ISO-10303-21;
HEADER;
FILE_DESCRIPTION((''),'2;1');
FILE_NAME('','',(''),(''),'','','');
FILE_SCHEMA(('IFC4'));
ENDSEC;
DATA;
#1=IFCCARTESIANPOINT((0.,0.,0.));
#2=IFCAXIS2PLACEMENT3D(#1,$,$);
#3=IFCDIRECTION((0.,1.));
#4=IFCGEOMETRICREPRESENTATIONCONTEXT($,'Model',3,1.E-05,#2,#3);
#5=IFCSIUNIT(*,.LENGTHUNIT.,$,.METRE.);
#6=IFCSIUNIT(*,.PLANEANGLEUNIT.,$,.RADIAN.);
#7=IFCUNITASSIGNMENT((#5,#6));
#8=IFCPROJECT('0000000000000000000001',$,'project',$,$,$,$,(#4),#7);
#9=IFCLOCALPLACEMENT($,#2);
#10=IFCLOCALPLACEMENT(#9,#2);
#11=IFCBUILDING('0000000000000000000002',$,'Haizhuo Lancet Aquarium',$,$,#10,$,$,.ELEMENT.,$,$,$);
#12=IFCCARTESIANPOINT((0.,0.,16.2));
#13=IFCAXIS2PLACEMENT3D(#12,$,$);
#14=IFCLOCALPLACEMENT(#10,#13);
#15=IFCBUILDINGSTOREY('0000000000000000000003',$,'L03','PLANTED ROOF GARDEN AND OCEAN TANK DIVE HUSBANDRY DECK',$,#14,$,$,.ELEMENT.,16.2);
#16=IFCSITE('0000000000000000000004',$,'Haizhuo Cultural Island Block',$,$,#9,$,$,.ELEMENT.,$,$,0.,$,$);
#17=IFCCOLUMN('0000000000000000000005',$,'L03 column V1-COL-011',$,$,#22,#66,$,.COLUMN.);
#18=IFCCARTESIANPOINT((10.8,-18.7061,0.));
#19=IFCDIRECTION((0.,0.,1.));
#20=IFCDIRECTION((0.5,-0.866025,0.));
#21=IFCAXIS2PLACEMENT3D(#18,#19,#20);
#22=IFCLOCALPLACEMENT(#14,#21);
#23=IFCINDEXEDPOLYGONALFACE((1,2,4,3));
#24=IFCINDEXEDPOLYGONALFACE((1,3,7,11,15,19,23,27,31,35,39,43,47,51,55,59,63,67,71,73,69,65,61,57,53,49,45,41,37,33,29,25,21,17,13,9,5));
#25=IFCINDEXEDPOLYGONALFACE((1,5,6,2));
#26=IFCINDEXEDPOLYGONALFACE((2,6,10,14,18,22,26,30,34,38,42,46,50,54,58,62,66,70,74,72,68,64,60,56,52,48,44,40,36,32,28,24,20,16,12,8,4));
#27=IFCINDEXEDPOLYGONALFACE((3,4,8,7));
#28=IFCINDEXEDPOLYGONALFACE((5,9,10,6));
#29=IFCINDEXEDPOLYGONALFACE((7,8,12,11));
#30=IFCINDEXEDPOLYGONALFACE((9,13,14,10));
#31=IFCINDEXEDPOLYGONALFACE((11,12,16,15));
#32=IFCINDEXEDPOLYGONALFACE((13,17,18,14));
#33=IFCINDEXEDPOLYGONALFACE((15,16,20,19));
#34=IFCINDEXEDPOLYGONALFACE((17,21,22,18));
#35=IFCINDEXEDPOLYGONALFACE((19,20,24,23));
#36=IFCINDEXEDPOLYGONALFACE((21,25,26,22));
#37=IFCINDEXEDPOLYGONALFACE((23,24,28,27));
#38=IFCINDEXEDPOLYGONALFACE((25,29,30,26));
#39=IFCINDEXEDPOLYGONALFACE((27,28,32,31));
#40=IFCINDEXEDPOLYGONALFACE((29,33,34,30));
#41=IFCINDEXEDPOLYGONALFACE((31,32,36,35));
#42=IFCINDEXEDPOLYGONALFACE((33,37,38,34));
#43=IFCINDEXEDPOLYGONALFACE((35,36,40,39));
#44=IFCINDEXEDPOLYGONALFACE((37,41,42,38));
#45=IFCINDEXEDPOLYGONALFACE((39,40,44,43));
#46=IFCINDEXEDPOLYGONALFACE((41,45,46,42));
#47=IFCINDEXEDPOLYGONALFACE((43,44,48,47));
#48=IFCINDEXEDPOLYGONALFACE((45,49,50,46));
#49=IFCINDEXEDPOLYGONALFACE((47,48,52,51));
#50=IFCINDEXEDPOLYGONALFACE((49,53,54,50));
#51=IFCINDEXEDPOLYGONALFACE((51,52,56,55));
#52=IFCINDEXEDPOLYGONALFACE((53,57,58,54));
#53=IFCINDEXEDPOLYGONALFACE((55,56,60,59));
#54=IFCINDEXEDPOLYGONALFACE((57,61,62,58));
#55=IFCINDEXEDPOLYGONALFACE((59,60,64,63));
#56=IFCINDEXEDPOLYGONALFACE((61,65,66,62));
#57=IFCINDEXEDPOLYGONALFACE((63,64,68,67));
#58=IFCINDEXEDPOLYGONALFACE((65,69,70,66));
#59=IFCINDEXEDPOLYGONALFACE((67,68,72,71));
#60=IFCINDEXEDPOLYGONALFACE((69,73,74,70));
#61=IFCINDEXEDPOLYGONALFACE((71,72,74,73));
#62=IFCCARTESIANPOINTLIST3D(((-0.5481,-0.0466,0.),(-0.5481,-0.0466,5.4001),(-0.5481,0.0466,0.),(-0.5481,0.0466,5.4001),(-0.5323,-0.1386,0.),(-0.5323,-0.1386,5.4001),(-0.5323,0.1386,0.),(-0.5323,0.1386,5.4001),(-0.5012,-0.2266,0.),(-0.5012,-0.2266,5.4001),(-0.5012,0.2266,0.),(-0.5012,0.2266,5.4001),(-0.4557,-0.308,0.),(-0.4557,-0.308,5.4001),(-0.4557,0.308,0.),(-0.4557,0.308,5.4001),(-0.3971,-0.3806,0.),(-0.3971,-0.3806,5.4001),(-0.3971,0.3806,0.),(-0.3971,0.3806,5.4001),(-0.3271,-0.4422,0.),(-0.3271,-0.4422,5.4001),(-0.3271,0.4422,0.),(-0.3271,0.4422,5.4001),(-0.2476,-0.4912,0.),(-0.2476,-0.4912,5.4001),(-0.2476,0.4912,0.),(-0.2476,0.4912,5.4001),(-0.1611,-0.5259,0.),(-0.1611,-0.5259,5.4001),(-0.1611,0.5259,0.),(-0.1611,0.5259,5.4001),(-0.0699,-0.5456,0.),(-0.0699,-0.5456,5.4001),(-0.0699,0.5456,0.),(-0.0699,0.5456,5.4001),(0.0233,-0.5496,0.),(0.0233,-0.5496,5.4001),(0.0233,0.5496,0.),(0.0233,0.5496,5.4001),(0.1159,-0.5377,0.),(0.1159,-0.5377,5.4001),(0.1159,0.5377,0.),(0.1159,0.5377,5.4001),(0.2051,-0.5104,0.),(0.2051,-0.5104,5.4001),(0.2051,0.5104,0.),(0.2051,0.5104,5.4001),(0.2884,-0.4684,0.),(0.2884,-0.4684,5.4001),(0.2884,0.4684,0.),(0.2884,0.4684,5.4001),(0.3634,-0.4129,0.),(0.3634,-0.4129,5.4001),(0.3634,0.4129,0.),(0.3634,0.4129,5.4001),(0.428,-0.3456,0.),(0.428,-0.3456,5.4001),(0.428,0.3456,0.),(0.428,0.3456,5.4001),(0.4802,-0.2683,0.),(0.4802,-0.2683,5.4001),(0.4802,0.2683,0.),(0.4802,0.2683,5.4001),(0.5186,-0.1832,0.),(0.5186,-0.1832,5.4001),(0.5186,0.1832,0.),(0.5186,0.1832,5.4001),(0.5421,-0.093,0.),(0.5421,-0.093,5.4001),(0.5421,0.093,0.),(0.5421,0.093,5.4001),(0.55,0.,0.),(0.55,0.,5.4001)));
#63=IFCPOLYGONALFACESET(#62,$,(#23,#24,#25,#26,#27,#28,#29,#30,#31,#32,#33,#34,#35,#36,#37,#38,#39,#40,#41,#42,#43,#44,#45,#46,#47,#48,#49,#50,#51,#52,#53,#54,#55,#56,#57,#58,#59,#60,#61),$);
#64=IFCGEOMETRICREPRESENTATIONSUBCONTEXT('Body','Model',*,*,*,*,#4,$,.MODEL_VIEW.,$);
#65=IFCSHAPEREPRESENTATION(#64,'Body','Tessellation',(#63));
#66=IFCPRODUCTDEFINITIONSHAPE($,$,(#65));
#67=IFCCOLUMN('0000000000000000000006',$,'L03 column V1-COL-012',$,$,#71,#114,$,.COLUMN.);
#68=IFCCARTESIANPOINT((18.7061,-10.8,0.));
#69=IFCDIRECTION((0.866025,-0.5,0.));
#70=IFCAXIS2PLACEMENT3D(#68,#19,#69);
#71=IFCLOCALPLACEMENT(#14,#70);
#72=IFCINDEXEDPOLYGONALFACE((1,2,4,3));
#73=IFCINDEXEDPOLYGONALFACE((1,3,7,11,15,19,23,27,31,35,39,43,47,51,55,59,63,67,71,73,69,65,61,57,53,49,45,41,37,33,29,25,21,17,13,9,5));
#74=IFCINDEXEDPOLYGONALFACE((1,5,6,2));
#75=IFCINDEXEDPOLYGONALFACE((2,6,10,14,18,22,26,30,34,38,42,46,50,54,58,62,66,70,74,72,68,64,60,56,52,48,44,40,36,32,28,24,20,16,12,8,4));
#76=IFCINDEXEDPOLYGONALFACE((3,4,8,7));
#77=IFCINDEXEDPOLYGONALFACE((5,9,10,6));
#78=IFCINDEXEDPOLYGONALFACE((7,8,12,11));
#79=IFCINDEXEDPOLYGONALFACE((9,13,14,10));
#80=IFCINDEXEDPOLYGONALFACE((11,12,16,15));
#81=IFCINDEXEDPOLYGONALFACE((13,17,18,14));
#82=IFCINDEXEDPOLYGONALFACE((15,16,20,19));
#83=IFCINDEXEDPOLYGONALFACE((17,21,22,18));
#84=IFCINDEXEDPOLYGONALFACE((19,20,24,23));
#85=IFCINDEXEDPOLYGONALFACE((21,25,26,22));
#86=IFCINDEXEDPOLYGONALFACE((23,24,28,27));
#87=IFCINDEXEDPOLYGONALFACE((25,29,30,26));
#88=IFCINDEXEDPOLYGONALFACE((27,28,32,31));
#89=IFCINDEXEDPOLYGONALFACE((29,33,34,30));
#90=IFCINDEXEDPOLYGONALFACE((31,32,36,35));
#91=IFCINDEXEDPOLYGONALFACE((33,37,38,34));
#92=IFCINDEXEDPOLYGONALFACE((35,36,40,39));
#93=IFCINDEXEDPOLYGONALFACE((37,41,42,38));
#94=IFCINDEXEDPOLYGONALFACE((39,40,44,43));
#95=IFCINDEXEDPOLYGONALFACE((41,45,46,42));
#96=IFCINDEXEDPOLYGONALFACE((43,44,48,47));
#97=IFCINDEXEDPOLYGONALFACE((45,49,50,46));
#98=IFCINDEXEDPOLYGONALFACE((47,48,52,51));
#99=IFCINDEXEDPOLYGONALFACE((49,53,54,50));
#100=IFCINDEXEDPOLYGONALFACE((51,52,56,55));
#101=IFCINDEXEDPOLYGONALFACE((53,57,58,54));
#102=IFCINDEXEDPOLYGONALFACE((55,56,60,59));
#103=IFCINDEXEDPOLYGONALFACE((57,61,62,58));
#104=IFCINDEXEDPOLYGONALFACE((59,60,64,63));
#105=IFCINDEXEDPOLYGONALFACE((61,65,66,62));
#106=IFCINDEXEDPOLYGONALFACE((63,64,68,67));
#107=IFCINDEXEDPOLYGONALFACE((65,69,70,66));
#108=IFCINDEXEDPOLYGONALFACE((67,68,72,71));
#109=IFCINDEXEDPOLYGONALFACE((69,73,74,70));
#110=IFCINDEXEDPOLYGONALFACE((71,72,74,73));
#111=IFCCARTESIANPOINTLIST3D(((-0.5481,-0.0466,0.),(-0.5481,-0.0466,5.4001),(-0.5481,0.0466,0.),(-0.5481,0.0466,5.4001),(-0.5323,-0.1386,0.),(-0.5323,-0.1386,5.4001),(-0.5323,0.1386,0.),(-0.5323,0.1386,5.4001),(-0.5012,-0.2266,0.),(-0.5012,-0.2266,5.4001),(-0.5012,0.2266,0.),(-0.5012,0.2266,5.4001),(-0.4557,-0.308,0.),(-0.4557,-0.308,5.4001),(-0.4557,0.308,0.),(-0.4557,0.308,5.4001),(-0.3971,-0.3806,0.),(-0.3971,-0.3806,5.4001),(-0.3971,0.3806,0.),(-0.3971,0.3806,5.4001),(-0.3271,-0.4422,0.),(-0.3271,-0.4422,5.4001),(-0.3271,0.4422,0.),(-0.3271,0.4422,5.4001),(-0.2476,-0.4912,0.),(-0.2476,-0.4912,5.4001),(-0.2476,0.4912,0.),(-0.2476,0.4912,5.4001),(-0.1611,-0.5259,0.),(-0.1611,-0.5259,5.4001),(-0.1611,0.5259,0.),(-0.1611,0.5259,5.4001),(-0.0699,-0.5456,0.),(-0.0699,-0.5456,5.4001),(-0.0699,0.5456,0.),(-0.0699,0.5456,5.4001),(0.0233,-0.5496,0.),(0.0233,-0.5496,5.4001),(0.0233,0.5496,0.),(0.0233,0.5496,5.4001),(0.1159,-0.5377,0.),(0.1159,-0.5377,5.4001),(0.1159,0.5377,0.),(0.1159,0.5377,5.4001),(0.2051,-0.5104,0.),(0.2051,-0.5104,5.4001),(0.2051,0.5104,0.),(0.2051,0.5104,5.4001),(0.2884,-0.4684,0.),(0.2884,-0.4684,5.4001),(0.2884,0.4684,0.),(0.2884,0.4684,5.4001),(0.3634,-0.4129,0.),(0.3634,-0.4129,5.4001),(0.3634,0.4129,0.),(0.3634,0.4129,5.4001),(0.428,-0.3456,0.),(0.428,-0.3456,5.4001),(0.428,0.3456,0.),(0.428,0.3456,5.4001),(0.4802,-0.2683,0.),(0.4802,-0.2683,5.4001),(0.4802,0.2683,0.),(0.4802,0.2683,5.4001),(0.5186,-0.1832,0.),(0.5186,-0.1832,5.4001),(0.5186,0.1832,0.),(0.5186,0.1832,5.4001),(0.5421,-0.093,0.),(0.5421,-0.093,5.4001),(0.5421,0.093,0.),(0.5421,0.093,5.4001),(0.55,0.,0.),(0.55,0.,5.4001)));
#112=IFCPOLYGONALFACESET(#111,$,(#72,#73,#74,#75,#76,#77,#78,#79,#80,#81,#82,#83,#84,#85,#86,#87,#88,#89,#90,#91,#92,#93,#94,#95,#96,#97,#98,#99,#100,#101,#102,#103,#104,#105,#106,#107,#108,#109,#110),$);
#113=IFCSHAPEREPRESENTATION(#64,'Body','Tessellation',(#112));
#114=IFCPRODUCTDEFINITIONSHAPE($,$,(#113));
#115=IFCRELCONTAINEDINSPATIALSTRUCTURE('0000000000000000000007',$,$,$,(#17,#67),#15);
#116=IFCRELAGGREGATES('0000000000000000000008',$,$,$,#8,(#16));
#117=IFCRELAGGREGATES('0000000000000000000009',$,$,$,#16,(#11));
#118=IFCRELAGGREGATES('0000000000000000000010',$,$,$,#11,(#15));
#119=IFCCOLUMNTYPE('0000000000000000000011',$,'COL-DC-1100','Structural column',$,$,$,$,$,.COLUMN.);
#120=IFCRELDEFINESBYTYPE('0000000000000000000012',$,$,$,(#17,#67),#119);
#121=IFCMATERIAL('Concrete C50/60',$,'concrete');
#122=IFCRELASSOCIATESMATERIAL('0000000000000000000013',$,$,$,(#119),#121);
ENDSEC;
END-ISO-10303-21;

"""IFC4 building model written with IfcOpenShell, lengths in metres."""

from ifc_helpers import new_model, si_unit, direction, frame, origin, origin_2d, place, context, subcontext, project, spatial, circle, extrude, material, material_profile, profile_set, type_object, element, save


model = new_model("IFC4")

# Units and contexts
model_context = context("Model", 3, precision=1e-05, world=origin(), true_north=direction((0.0, 1.0)))
body_context = subcontext(model_context, "Body", "Model", "MODEL_VIEW")
ifc_project = project(units=[si_unit("LENGTHUNIT", "METRE"), si_unit("PLANEANGLEUNIT", "RADIAN")], contexts=[model_context])

# Site, building, storey
site_placement = place(None, origin())
site = spatial("IfcSite", under=ifc_project, at=site_placement, Name="Haizhuo Cultural Island Block", CompositionType="ELEMENT", RefElevation=0.0)
building_placement = place(site_placement, origin())
building = spatial("IfcBuilding", under=site, at=building_placement, Name="Haizhuo Lancet Aquarium", CompositionType="ELEMENT")
storey_placement = place(building_placement, frame((0.0, 0.0, 16.2)))
storey = spatial("IfcBuildingStorey", under=building, at=storey_placement, Name="L03", Description="PLANTED ROOF GARDEN AND OCEAN TANK DIVE HUSBANDRY DECK", CompositionType="ELEMENT", Elevation=16.2)

# Columns
ifc_material_1 = material(Name="Concrete C50/60", Category="concrete")
ifc_material_profile_1 = material_profile(ifc_material_1, circle(Radius=0.55, at=origin_2d()), Name="RC-DC 1100")
ifc_profile_set_1 = profile_set([ifc_material_profile_1], Name="Concrete C50/60")
column_type_1 = type_object("IfcColumnType", Name="COL-DC-1100", Description="Structural column", PredefinedType="COLUMN", material=ifc_profile_set_1)
for number, where, z_axis, x_axis, name in (
    (1, (10.8, -18.7061, 0.0), (0.0, 0.0, 1.0), (0.5, -0.866025, 0.0), "L03 column V1-COL-011"),
    (2, (18.7061, -10.8, 0.0), (0.0, 0.0, 1.0), (0.866025, -0.5, 0.0), "L03 column V1-COL-012"),
):
    element("IfcColumn", number, at=place(storey_placement, frame(where, z_axis=z_axis, x_axis=x_axis)), inside=storey, type_object=column_type_1, Name=name, PredefinedType="COLUMN", context=body_context, shape_type="SweptSolid", body=[
        extrude(circle(Radius=0.55, at=origin_2d()), origin(), (0.0, 0.0, 1.0), 5.4001),
    ])

save(model, "model.ifc")
